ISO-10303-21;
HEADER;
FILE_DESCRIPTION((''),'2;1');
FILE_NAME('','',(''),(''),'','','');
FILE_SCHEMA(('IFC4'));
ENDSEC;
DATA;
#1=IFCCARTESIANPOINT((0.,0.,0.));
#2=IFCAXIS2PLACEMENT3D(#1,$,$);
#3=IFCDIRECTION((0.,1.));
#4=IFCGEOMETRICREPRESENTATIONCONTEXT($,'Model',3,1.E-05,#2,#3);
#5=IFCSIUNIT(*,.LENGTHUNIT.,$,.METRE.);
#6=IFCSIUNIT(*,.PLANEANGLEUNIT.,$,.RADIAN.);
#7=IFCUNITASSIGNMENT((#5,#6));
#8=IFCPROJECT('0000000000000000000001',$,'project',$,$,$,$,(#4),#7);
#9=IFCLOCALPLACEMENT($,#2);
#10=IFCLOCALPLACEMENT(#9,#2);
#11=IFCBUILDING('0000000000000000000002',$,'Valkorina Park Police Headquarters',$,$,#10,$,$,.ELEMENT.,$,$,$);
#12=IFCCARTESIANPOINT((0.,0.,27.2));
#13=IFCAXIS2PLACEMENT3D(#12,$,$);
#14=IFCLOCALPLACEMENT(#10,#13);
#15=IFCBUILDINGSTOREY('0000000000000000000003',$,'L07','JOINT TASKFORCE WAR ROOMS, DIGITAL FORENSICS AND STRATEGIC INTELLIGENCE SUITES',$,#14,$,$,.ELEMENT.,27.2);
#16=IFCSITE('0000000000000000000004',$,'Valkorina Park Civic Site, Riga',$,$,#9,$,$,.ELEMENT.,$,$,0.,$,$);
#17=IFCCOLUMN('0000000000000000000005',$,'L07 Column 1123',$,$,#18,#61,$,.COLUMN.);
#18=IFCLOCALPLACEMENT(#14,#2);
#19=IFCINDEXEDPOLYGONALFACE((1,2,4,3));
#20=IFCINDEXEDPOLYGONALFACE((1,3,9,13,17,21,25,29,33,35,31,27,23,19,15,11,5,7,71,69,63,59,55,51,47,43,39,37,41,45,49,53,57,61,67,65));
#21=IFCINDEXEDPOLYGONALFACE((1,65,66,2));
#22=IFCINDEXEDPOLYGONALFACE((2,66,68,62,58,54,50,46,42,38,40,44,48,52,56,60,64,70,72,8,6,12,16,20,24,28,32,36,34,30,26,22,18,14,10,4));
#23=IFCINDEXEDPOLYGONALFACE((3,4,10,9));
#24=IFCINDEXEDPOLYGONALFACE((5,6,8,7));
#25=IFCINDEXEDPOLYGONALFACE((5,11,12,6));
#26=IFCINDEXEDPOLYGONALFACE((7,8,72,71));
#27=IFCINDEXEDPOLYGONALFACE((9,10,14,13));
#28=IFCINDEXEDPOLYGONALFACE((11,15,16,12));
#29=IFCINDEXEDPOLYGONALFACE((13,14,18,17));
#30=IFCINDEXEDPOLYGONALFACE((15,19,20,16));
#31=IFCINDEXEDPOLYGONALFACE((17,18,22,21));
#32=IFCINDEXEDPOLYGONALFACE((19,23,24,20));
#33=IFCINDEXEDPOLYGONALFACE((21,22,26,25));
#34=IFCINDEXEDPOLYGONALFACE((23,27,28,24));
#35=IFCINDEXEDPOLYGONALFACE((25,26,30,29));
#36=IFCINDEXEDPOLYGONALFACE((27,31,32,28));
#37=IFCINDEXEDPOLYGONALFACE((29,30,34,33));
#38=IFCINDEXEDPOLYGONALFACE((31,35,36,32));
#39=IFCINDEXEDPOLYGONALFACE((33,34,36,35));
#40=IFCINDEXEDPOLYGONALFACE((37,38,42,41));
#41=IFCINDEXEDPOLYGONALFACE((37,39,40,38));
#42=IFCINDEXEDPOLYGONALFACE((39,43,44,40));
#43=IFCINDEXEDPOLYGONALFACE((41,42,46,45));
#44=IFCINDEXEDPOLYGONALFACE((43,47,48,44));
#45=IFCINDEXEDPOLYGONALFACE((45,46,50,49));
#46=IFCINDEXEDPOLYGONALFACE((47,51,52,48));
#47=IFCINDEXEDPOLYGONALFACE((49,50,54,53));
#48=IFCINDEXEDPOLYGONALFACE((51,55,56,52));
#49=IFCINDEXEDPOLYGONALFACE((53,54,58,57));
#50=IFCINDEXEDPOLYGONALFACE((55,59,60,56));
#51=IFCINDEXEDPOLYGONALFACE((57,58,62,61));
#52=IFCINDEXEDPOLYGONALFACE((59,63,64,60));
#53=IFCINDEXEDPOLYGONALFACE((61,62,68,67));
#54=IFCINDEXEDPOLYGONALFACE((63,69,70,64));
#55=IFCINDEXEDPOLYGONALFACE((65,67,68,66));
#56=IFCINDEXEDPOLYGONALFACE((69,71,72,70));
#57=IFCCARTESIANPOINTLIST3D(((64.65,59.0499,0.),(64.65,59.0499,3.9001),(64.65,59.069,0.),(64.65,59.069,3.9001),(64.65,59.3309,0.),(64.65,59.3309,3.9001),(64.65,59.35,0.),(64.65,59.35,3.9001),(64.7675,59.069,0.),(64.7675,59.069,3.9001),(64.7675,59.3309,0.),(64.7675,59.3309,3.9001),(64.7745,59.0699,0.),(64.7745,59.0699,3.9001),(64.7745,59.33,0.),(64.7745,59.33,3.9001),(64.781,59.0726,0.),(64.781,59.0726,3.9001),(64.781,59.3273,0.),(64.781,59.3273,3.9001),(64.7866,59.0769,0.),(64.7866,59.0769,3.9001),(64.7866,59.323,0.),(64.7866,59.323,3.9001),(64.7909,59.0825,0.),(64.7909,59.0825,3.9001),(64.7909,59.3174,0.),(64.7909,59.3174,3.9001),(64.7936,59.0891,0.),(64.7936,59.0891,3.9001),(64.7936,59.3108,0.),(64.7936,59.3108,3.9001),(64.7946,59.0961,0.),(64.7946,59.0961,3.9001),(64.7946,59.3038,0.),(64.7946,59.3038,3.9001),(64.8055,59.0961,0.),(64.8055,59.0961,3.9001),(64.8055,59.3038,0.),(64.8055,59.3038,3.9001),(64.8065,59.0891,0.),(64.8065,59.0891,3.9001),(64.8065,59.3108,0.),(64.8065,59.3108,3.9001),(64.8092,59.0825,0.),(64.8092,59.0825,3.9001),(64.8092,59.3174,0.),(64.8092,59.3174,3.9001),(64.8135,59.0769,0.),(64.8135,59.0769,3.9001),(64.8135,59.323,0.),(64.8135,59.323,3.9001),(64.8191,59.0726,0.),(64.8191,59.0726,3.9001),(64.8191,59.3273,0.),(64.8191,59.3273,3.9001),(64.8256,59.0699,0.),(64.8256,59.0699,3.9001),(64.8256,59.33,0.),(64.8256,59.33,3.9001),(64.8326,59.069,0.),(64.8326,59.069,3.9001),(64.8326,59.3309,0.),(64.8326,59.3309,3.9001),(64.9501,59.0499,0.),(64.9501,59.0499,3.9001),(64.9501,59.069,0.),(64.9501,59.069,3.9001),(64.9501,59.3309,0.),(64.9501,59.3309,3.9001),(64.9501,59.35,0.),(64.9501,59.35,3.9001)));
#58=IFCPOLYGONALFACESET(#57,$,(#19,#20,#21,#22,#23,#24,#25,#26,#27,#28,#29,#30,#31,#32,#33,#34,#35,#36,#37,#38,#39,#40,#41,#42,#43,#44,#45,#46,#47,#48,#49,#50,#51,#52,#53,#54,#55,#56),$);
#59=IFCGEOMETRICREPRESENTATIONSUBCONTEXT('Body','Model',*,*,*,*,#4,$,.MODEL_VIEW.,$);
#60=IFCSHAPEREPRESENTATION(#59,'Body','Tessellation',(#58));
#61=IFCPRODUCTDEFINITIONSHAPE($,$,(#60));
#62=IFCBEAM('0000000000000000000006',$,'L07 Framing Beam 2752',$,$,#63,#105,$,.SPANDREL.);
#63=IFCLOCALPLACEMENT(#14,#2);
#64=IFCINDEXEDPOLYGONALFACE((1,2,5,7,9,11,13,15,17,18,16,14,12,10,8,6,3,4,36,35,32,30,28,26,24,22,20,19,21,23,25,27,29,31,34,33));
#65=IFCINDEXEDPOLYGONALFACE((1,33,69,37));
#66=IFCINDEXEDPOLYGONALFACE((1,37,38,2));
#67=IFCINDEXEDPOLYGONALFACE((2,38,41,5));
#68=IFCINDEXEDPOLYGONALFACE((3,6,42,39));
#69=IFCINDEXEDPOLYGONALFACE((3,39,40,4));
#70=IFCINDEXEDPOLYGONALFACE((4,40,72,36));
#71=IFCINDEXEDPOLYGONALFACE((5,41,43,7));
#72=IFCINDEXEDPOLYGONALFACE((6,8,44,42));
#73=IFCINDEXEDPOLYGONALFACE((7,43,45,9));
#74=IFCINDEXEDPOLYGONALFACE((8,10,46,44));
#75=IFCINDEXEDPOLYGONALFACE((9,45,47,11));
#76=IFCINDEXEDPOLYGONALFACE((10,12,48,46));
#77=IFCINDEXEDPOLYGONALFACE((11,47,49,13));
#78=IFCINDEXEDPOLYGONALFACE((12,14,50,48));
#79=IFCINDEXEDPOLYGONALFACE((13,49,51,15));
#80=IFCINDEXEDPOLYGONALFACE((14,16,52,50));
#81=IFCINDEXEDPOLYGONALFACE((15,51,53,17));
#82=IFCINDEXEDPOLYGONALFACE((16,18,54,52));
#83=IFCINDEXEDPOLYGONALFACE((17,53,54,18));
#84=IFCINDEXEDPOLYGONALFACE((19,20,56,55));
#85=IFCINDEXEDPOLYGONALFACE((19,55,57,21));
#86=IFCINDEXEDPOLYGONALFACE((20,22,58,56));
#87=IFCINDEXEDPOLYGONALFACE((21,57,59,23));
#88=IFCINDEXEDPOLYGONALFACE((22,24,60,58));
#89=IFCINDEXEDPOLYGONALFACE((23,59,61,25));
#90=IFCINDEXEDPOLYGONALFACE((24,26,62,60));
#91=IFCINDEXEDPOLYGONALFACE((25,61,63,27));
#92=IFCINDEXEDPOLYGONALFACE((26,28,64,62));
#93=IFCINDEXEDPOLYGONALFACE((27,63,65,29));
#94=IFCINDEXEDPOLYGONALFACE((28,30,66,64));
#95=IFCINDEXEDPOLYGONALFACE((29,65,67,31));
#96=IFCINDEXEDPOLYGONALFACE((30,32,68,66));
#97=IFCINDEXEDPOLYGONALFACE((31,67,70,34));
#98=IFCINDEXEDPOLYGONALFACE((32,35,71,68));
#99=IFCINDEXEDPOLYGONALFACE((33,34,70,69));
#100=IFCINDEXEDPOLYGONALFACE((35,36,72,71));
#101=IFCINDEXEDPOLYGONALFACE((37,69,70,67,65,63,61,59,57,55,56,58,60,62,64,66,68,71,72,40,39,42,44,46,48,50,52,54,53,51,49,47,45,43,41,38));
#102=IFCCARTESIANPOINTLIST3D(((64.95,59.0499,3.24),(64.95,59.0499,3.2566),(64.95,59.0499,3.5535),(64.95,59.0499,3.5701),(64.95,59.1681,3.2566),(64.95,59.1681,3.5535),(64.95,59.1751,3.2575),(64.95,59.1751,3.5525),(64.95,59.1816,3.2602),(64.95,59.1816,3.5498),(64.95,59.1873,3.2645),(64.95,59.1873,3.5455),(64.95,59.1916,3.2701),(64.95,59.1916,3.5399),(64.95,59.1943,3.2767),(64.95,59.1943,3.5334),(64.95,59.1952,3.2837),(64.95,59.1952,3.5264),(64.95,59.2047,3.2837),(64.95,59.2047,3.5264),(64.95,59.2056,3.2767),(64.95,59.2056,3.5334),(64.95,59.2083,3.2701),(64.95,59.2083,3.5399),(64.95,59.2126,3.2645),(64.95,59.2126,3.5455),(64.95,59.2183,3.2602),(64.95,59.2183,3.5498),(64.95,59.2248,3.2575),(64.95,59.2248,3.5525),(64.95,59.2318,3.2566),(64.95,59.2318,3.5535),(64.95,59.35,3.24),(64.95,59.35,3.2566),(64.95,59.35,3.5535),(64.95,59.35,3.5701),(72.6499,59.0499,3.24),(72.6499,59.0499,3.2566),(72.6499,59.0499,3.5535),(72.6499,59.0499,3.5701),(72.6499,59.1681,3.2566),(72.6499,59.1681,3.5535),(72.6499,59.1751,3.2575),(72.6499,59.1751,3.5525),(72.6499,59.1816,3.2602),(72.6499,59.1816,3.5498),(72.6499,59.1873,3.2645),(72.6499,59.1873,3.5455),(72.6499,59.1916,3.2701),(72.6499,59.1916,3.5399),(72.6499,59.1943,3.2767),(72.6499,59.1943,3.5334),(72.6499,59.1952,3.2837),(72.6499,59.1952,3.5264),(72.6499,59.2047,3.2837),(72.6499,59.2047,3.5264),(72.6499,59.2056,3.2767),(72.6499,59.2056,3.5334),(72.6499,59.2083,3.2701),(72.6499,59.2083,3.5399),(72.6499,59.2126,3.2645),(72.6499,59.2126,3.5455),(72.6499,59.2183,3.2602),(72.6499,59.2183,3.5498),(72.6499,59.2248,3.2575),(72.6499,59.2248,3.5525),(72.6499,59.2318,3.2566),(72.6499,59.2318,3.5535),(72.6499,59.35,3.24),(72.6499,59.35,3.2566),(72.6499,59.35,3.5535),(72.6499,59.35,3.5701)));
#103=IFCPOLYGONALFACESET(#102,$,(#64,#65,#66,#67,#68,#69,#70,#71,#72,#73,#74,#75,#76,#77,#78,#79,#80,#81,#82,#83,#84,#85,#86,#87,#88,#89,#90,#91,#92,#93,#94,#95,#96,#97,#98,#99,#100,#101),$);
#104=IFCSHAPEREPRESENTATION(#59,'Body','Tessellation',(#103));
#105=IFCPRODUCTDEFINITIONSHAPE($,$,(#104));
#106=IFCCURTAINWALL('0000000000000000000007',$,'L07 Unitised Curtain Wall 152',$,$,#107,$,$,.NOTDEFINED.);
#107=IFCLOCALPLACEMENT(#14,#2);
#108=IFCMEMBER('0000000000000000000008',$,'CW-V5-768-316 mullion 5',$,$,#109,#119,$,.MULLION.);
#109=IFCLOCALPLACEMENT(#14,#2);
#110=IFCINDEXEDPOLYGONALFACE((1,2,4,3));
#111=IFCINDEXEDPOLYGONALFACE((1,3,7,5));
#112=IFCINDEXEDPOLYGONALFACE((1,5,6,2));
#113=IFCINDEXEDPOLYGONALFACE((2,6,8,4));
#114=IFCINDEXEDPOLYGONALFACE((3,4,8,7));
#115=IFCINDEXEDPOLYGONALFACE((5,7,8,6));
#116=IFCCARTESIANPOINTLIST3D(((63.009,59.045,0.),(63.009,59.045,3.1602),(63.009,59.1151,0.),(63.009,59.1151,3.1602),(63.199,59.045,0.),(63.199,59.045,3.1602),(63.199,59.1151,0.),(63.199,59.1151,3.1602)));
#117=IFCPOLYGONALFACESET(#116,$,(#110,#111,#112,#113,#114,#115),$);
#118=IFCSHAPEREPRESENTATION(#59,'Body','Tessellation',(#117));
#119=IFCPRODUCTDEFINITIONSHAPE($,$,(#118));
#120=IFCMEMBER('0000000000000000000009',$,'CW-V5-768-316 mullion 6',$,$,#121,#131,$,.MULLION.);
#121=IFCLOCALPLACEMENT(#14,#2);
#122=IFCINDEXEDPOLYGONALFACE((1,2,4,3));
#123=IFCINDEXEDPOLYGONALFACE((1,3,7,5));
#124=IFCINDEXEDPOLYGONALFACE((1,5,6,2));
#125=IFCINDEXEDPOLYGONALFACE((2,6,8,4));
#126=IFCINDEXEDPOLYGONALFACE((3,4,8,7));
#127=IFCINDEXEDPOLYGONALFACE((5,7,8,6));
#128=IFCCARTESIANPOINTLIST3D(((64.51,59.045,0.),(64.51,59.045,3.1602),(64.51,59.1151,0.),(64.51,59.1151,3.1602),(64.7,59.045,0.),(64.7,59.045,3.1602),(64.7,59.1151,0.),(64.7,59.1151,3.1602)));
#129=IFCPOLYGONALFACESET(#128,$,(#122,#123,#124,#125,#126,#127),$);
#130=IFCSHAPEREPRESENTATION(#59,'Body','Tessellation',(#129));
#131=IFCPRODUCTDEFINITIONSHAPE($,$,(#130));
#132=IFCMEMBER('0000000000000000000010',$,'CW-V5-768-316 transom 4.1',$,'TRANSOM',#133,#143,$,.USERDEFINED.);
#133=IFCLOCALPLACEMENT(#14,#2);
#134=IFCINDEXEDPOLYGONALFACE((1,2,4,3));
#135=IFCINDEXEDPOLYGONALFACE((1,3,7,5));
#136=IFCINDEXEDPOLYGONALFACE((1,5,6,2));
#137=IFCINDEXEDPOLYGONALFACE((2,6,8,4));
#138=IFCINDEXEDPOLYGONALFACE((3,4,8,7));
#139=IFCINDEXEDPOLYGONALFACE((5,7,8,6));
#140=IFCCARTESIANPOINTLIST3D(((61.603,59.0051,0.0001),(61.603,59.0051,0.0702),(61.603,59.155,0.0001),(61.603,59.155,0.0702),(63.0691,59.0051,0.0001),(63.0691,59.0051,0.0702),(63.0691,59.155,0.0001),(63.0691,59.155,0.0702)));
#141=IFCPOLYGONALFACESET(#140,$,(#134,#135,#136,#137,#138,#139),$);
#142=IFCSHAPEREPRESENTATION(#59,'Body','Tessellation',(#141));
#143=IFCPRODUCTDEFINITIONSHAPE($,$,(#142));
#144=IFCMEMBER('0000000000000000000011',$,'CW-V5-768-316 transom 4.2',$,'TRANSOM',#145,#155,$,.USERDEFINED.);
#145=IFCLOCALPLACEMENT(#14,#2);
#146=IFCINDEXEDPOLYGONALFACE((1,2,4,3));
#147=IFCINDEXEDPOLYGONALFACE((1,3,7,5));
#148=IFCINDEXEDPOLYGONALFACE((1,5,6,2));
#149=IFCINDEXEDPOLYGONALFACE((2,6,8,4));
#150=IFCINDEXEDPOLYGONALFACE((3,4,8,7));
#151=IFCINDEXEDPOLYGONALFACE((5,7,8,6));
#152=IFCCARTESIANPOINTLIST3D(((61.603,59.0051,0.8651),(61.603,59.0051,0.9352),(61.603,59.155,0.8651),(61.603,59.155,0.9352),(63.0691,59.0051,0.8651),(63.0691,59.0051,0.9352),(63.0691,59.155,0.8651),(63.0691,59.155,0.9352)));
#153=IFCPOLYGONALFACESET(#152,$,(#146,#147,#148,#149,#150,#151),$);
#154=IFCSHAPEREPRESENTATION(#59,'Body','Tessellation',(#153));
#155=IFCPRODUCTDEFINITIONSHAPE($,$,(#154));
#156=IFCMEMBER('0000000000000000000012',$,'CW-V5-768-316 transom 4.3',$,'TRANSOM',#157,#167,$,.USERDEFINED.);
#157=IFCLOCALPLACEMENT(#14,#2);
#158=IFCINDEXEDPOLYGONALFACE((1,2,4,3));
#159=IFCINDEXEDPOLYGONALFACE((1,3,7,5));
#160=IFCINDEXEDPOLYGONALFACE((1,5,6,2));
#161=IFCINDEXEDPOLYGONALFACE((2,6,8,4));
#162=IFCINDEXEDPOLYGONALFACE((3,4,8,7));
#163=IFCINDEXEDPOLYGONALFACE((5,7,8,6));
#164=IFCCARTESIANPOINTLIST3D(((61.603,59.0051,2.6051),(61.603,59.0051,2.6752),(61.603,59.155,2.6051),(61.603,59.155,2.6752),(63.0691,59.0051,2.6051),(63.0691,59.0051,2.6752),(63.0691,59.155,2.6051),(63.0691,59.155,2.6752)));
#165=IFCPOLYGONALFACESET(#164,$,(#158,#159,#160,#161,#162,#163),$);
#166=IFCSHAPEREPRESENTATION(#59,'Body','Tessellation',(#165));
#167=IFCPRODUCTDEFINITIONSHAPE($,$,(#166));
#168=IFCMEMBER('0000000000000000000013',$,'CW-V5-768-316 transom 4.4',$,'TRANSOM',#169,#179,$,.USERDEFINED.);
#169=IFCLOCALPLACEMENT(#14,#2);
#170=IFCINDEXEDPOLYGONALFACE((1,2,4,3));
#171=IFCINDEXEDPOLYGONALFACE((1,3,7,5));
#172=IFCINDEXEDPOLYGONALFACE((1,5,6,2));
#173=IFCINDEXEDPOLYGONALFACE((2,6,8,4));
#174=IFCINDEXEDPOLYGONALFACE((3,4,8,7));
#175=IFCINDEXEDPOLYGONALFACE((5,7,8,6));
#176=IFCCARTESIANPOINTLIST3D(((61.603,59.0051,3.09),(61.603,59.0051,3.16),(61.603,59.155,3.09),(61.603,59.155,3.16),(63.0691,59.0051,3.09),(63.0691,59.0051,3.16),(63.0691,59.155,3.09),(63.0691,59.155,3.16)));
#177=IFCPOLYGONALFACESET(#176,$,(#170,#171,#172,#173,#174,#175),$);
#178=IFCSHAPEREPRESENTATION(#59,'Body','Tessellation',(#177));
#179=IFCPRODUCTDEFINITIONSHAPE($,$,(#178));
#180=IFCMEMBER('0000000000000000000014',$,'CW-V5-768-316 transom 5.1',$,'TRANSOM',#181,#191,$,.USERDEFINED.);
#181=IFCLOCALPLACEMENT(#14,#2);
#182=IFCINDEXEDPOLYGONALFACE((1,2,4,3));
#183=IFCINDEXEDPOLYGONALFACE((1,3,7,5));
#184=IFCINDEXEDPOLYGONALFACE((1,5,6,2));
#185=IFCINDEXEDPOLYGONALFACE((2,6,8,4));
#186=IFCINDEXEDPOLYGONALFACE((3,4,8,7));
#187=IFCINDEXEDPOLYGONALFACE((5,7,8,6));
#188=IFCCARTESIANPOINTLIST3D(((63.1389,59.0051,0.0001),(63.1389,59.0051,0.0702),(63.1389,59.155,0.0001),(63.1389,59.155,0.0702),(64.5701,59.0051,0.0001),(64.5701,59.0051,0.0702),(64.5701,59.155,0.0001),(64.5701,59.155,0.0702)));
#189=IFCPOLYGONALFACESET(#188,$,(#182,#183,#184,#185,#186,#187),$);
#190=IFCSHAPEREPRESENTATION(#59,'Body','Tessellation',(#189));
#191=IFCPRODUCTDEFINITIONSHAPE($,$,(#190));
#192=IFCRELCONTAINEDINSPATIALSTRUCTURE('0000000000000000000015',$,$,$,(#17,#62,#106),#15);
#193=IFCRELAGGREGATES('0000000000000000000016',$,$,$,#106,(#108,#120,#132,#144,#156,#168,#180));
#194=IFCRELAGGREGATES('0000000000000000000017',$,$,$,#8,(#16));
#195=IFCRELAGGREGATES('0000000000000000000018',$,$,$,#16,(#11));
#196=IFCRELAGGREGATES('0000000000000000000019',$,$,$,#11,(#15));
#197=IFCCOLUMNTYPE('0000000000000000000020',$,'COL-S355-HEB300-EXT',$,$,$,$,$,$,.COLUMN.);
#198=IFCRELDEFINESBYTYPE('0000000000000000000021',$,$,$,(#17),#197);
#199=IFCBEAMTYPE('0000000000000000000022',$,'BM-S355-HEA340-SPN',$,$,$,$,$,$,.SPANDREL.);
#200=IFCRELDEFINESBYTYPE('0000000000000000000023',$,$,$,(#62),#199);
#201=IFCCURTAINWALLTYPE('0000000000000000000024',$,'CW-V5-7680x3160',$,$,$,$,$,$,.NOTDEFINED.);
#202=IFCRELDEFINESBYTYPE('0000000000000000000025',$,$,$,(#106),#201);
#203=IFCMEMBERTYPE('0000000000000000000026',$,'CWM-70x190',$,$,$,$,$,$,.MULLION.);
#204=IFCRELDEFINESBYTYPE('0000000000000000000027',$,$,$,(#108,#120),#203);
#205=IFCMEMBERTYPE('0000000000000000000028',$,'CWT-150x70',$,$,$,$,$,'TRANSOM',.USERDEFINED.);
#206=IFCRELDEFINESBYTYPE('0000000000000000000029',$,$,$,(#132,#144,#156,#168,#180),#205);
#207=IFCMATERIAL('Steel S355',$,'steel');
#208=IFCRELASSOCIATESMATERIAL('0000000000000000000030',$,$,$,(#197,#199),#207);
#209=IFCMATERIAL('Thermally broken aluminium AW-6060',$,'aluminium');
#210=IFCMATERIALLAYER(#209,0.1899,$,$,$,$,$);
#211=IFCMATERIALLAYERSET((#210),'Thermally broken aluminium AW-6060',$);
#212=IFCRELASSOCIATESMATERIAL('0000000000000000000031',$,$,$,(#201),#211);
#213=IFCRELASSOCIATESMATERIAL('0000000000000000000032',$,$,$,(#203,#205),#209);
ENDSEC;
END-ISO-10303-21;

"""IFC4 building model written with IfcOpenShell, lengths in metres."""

from ifc_helpers import new_model, si_unit, direction, frame, origin, origin_2d, place, context, subcontext, project, spatial, rectangle, i_section, extrude, material, layer, layer_set, material_profile, profile_set, type_object, element, aggregate, save


model = new_model("IFC4")

# Units and contexts
model_context = context("Model", 3, precision=1e-05, world=origin(), true_north=direction((0.0, 1.0)))
body_context = subcontext(model_context, "Body", "Model", "MODEL_VIEW")
ifc_project = project(units=[si_unit("LENGTHUNIT", "METRE"), si_unit("PLANEANGLEUNIT", "RADIAN")], contexts=[model_context])

# Site, building, storey
site_placement = place(None, origin())
site = spatial("IfcSite", under=ifc_project, at=site_placement, Name="Valkorina Park Civic Site, Riga", CompositionType="ELEMENT", RefElevation=0.0)
building_placement = place(site_placement, origin())
building = spatial("IfcBuilding", under=site, at=building_placement, Name="Valkorina Park Police Headquarters", CompositionType="ELEMENT")
storey_placement = place(building_placement, frame((0.0, 0.0, 27.2)))
storey = spatial("IfcBuildingStorey", under=building, at=storey_placement, Name="L07", Description="JOINT TASKFORCE WAR ROOMS, DIGITAL FORENSICS AND STRATEGIC INTELLIGENCE SUITES", CompositionType="ELEMENT", Elevation=27.2)

# Column
ifc_material_1 = material(Name="Steel S355", Category="steel")
ifc_material_profile_1 = material_profile(ifc_material_1, i_section(OverallWidth=0.3, OverallDepth=0.3, WebThickness=0.011, FlangeThickness=0.019, FilletRadius=0.0271, at=origin_2d()), Name="HEB 300")
ifc_profile_set_1 = profile_set([ifc_material_profile_1], Name="Steel S355")
column_type = type_object("IfcColumnType", Name="COL-S355-HEB300-EXT", PredefinedType="COLUMN", material=ifc_profile_set_1)
column_placement = place(storey_placement, frame((64.8, 59.2, 0.0), z_axis=(0.0, 0.0, 1.0), x_axis=(1.0, 0.0, 0.0)))
element("IfcColumn", 1, at=column_placement, inside=storey, type_object=column_type, Name="L07 Column 1123", PredefinedType="COLUMN", context=body_context, shape_type="SweptSolid", body=[
    extrude(i_section(OverallWidth=0.3, OverallDepth=0.3, WebThickness=0.011, FlangeThickness=0.019, FilletRadius=0.0271, at=origin_2d()), origin(), (0.0, 0.0, 1.0), 3.9001),
])

# Beam
ifc_material_profile_2 = material_profile(ifc_material_1, i_section(OverallWidth=0.3, OverallDepth=0.3301, WebThickness=0.0095, FlangeThickness=0.0166, FilletRadius=0.0271, at=origin_2d()), Name="HEA 340")
ifc_profile_set_2 = profile_set([ifc_material_profile_2], Name="Steel S355")
beam_type = type_object("IfcBeamType", Name="BM-S355-HEA340-SPN", PredefinedType="SPANDREL", material=ifc_profile_set_2)
beam_placement = place(storey_placement, frame((64.95, 59.2, 3.405), z_axis=(1.0, 0.0, 0.0), x_axis=(0.0, 1.0, 0.0)))
element("IfcBeam", 2, at=beam_placement, inside=storey, type_object=beam_type, Name="L07 Framing Beam 2752", PredefinedType="SPANDREL", context=body_context, shape_type="SweptSolid", body=[
    extrude(i_section(OverallWidth=0.3, OverallDepth=0.3301, WebThickness=0.0095, FlangeThickness=0.0166, FilletRadius=0.0271, at=origin_2d()), origin(), (0.0, 0.0, 1.0), 7.7),
])

# Curtain wall, members
ifc_material_2 = material(Name="Thermally broken aluminium AW-6060", Category="aluminium")
ifc_layer_1 = layer(ifc_material_2, 0.1899)
ifc_layer_set_1 = layer_set([ifc_layer_1], Name="Thermally broken aluminium AW-6060")
curtain_wall_type = type_object("IfcCurtainWallType", Name="CW-V5-7680x3160", PredefinedType="NOTDEFINED", material=ifc_layer_set_1)
curtain_wall_placement = place(storey_placement, origin())
curtain_wall = element("IfcCurtainWall", 3, at=curtain_wall_placement, inside=storey, type_object=curtain_wall_type, Name="L07 Unitised Curtain Wall 152", PredefinedType="NOTDEFINED")
ifc_material_profile_3 = material_profile(ifc_material_2, rectangle(XDim=0.0701, YDim=0.1899, at=origin_2d()), Name="CWM-02 70x190")
ifc_profile_set_3 = profile_set([ifc_material_profile_3], Name="Thermally broken aluminium AW-6060")
member_type_1 = type_object("IfcMemberType", Name="CWM-70x190", PredefinedType="MULLION", material=ifc_profile_set_3)
member_1_placement = place(storey_placement, frame((63.104, 59.0801, 0.0), z_axis=(0.0, 0.0, 1.0), x_axis=(0.0, 1.0, 0.0)))
member_1 = element("IfcMember", 4, at=member_1_placement, type_object=member_type_1, Name="CW-V5-768-316 mullion 5", PredefinedType="MULLION", context=body_context, shape_type="SweptSolid", body=[
    extrude(rectangle(XDim=0.0701, YDim=0.1899, at=origin_2d()), origin(), (0.0, 0.0, 1.0), 3.1602),
])
member_2_placement = place(storey_placement, frame((64.605, 59.0801, 0.0), z_axis=(0.0, 0.0, 1.0), x_axis=(0.0, 1.0, 0.0)))
member_2 = element("IfcMember", 5, at=member_2_placement, type_object=member_type_1, Name="CW-V5-768-316 mullion 6", PredefinedType="MULLION", context=body_context, shape_type="SweptSolid", body=[
    extrude(rectangle(XDim=0.0701, YDim=0.1899, at=origin_2d()), origin(), (0.0, 0.0, 1.0), 3.1602),
])
ifc_material_profile_4 = material_profile(ifc_material_2, rectangle(XDim=0.1499, YDim=0.0701, at=origin_2d()), Name="CWT-02 150x70")
ifc_profile_set_4 = profile_set([ifc_material_profile_4], Name="Thermally broken aluminium AW-6060")
member_type_2 = type_object("IfcMemberType", Name="CWT-150x70", ElementType="TRANSOM", PredefinedType="USERDEFINED", material=ifc_profile_set_4)
member_3_placement = place(storey_placement, frame((61.603, 59.0801, 0.0352), z_axis=(1.0, 0.0, 0.0), x_axis=(0.0, 1.0, 0.0)))
member_3 = element("IfcMember", 6, at=member_3_placement, type_object=member_type_2, Name="CW-V5-768-316 transom 4.1", ObjectType="TRANSOM", PredefinedType="USERDEFINED", context=body_context, shape_type="SweptSolid", body=[
    extrude(rectangle(XDim=0.1499, YDim=0.0701, at=origin_2d()), origin(), (0.0, 0.0, 1.0), 1.4661),
])
member_4_placement = place(storey_placement, frame((61.603, 59.0801, 0.9001), z_axis=(1.0, 0.0, 0.0), x_axis=(0.0, 1.0, 0.0)))
member_4 = element("IfcMember", 7, at=member_4_placement, type_object=member_type_2, Name="CW-V5-768-316 transom 4.2", ObjectType="TRANSOM", PredefinedType="USERDEFINED", context=body_context, shape_type="SweptSolid", body=[
    extrude(rectangle(XDim=0.1499, YDim=0.0701, at=origin_2d()), origin(), (0.0, 0.0, 1.0), 1.4661),
])
member_5_placement = place(storey_placement, frame((61.603, 59.0801, 2.6401), z_axis=(1.0, 0.0, 0.0), x_axis=(0.0, 1.0, 0.0)))
member_5 = element("IfcMember", 8, at=member_5_placement, type_object=member_type_2, Name="CW-V5-768-316 transom 4.3", ObjectType="TRANSOM", PredefinedType="USERDEFINED", context=body_context, shape_type="SweptSolid", body=[
    extrude(rectangle(XDim=0.1499, YDim=0.0701, at=origin_2d()), origin(), (0.0, 0.0, 1.0), 1.4661),
])
member_6_placement = place(storey_placement, frame((61.603, 59.0801, 3.125), z_axis=(1.0, 0.0, 0.0), x_axis=(0.0, 1.0, 0.0)))
member_6 = element("IfcMember", 9, at=member_6_placement, type_object=member_type_2, Name="CW-V5-768-316 transom 4.4", ObjectType="TRANSOM", PredefinedType="USERDEFINED", context=body_context, shape_type="SweptSolid", body=[
    extrude(rectangle(XDim=0.1499, YDim=0.0701, at=origin_2d()), origin(), (0.0, 0.0, 1.0), 1.4661),
])
member_7_placement = place(storey_placement, frame((63.1389, 59.0801, 0.0352), z_axis=(1.0, 0.0, 0.0), x_axis=(0.0, 1.0, 0.0)))
member_7 = element("IfcMember", 10, at=member_7_placement, type_object=member_type_2, Name="CW-V5-768-316 transom 5.1", ObjectType="TRANSOM", PredefinedType="USERDEFINED", context=body_context, shape_type="SweptSolid", body=[
    extrude(rectangle(XDim=0.1499, YDim=0.0701, at=origin_2d()), origin(), (0.0, 0.0, 1.0), 1.4312),
])
aggregate(curtain_wall, [member_1, member_2, member_3, member_4, member_5, member_6, member_7])

save(model, "model.ifc")
